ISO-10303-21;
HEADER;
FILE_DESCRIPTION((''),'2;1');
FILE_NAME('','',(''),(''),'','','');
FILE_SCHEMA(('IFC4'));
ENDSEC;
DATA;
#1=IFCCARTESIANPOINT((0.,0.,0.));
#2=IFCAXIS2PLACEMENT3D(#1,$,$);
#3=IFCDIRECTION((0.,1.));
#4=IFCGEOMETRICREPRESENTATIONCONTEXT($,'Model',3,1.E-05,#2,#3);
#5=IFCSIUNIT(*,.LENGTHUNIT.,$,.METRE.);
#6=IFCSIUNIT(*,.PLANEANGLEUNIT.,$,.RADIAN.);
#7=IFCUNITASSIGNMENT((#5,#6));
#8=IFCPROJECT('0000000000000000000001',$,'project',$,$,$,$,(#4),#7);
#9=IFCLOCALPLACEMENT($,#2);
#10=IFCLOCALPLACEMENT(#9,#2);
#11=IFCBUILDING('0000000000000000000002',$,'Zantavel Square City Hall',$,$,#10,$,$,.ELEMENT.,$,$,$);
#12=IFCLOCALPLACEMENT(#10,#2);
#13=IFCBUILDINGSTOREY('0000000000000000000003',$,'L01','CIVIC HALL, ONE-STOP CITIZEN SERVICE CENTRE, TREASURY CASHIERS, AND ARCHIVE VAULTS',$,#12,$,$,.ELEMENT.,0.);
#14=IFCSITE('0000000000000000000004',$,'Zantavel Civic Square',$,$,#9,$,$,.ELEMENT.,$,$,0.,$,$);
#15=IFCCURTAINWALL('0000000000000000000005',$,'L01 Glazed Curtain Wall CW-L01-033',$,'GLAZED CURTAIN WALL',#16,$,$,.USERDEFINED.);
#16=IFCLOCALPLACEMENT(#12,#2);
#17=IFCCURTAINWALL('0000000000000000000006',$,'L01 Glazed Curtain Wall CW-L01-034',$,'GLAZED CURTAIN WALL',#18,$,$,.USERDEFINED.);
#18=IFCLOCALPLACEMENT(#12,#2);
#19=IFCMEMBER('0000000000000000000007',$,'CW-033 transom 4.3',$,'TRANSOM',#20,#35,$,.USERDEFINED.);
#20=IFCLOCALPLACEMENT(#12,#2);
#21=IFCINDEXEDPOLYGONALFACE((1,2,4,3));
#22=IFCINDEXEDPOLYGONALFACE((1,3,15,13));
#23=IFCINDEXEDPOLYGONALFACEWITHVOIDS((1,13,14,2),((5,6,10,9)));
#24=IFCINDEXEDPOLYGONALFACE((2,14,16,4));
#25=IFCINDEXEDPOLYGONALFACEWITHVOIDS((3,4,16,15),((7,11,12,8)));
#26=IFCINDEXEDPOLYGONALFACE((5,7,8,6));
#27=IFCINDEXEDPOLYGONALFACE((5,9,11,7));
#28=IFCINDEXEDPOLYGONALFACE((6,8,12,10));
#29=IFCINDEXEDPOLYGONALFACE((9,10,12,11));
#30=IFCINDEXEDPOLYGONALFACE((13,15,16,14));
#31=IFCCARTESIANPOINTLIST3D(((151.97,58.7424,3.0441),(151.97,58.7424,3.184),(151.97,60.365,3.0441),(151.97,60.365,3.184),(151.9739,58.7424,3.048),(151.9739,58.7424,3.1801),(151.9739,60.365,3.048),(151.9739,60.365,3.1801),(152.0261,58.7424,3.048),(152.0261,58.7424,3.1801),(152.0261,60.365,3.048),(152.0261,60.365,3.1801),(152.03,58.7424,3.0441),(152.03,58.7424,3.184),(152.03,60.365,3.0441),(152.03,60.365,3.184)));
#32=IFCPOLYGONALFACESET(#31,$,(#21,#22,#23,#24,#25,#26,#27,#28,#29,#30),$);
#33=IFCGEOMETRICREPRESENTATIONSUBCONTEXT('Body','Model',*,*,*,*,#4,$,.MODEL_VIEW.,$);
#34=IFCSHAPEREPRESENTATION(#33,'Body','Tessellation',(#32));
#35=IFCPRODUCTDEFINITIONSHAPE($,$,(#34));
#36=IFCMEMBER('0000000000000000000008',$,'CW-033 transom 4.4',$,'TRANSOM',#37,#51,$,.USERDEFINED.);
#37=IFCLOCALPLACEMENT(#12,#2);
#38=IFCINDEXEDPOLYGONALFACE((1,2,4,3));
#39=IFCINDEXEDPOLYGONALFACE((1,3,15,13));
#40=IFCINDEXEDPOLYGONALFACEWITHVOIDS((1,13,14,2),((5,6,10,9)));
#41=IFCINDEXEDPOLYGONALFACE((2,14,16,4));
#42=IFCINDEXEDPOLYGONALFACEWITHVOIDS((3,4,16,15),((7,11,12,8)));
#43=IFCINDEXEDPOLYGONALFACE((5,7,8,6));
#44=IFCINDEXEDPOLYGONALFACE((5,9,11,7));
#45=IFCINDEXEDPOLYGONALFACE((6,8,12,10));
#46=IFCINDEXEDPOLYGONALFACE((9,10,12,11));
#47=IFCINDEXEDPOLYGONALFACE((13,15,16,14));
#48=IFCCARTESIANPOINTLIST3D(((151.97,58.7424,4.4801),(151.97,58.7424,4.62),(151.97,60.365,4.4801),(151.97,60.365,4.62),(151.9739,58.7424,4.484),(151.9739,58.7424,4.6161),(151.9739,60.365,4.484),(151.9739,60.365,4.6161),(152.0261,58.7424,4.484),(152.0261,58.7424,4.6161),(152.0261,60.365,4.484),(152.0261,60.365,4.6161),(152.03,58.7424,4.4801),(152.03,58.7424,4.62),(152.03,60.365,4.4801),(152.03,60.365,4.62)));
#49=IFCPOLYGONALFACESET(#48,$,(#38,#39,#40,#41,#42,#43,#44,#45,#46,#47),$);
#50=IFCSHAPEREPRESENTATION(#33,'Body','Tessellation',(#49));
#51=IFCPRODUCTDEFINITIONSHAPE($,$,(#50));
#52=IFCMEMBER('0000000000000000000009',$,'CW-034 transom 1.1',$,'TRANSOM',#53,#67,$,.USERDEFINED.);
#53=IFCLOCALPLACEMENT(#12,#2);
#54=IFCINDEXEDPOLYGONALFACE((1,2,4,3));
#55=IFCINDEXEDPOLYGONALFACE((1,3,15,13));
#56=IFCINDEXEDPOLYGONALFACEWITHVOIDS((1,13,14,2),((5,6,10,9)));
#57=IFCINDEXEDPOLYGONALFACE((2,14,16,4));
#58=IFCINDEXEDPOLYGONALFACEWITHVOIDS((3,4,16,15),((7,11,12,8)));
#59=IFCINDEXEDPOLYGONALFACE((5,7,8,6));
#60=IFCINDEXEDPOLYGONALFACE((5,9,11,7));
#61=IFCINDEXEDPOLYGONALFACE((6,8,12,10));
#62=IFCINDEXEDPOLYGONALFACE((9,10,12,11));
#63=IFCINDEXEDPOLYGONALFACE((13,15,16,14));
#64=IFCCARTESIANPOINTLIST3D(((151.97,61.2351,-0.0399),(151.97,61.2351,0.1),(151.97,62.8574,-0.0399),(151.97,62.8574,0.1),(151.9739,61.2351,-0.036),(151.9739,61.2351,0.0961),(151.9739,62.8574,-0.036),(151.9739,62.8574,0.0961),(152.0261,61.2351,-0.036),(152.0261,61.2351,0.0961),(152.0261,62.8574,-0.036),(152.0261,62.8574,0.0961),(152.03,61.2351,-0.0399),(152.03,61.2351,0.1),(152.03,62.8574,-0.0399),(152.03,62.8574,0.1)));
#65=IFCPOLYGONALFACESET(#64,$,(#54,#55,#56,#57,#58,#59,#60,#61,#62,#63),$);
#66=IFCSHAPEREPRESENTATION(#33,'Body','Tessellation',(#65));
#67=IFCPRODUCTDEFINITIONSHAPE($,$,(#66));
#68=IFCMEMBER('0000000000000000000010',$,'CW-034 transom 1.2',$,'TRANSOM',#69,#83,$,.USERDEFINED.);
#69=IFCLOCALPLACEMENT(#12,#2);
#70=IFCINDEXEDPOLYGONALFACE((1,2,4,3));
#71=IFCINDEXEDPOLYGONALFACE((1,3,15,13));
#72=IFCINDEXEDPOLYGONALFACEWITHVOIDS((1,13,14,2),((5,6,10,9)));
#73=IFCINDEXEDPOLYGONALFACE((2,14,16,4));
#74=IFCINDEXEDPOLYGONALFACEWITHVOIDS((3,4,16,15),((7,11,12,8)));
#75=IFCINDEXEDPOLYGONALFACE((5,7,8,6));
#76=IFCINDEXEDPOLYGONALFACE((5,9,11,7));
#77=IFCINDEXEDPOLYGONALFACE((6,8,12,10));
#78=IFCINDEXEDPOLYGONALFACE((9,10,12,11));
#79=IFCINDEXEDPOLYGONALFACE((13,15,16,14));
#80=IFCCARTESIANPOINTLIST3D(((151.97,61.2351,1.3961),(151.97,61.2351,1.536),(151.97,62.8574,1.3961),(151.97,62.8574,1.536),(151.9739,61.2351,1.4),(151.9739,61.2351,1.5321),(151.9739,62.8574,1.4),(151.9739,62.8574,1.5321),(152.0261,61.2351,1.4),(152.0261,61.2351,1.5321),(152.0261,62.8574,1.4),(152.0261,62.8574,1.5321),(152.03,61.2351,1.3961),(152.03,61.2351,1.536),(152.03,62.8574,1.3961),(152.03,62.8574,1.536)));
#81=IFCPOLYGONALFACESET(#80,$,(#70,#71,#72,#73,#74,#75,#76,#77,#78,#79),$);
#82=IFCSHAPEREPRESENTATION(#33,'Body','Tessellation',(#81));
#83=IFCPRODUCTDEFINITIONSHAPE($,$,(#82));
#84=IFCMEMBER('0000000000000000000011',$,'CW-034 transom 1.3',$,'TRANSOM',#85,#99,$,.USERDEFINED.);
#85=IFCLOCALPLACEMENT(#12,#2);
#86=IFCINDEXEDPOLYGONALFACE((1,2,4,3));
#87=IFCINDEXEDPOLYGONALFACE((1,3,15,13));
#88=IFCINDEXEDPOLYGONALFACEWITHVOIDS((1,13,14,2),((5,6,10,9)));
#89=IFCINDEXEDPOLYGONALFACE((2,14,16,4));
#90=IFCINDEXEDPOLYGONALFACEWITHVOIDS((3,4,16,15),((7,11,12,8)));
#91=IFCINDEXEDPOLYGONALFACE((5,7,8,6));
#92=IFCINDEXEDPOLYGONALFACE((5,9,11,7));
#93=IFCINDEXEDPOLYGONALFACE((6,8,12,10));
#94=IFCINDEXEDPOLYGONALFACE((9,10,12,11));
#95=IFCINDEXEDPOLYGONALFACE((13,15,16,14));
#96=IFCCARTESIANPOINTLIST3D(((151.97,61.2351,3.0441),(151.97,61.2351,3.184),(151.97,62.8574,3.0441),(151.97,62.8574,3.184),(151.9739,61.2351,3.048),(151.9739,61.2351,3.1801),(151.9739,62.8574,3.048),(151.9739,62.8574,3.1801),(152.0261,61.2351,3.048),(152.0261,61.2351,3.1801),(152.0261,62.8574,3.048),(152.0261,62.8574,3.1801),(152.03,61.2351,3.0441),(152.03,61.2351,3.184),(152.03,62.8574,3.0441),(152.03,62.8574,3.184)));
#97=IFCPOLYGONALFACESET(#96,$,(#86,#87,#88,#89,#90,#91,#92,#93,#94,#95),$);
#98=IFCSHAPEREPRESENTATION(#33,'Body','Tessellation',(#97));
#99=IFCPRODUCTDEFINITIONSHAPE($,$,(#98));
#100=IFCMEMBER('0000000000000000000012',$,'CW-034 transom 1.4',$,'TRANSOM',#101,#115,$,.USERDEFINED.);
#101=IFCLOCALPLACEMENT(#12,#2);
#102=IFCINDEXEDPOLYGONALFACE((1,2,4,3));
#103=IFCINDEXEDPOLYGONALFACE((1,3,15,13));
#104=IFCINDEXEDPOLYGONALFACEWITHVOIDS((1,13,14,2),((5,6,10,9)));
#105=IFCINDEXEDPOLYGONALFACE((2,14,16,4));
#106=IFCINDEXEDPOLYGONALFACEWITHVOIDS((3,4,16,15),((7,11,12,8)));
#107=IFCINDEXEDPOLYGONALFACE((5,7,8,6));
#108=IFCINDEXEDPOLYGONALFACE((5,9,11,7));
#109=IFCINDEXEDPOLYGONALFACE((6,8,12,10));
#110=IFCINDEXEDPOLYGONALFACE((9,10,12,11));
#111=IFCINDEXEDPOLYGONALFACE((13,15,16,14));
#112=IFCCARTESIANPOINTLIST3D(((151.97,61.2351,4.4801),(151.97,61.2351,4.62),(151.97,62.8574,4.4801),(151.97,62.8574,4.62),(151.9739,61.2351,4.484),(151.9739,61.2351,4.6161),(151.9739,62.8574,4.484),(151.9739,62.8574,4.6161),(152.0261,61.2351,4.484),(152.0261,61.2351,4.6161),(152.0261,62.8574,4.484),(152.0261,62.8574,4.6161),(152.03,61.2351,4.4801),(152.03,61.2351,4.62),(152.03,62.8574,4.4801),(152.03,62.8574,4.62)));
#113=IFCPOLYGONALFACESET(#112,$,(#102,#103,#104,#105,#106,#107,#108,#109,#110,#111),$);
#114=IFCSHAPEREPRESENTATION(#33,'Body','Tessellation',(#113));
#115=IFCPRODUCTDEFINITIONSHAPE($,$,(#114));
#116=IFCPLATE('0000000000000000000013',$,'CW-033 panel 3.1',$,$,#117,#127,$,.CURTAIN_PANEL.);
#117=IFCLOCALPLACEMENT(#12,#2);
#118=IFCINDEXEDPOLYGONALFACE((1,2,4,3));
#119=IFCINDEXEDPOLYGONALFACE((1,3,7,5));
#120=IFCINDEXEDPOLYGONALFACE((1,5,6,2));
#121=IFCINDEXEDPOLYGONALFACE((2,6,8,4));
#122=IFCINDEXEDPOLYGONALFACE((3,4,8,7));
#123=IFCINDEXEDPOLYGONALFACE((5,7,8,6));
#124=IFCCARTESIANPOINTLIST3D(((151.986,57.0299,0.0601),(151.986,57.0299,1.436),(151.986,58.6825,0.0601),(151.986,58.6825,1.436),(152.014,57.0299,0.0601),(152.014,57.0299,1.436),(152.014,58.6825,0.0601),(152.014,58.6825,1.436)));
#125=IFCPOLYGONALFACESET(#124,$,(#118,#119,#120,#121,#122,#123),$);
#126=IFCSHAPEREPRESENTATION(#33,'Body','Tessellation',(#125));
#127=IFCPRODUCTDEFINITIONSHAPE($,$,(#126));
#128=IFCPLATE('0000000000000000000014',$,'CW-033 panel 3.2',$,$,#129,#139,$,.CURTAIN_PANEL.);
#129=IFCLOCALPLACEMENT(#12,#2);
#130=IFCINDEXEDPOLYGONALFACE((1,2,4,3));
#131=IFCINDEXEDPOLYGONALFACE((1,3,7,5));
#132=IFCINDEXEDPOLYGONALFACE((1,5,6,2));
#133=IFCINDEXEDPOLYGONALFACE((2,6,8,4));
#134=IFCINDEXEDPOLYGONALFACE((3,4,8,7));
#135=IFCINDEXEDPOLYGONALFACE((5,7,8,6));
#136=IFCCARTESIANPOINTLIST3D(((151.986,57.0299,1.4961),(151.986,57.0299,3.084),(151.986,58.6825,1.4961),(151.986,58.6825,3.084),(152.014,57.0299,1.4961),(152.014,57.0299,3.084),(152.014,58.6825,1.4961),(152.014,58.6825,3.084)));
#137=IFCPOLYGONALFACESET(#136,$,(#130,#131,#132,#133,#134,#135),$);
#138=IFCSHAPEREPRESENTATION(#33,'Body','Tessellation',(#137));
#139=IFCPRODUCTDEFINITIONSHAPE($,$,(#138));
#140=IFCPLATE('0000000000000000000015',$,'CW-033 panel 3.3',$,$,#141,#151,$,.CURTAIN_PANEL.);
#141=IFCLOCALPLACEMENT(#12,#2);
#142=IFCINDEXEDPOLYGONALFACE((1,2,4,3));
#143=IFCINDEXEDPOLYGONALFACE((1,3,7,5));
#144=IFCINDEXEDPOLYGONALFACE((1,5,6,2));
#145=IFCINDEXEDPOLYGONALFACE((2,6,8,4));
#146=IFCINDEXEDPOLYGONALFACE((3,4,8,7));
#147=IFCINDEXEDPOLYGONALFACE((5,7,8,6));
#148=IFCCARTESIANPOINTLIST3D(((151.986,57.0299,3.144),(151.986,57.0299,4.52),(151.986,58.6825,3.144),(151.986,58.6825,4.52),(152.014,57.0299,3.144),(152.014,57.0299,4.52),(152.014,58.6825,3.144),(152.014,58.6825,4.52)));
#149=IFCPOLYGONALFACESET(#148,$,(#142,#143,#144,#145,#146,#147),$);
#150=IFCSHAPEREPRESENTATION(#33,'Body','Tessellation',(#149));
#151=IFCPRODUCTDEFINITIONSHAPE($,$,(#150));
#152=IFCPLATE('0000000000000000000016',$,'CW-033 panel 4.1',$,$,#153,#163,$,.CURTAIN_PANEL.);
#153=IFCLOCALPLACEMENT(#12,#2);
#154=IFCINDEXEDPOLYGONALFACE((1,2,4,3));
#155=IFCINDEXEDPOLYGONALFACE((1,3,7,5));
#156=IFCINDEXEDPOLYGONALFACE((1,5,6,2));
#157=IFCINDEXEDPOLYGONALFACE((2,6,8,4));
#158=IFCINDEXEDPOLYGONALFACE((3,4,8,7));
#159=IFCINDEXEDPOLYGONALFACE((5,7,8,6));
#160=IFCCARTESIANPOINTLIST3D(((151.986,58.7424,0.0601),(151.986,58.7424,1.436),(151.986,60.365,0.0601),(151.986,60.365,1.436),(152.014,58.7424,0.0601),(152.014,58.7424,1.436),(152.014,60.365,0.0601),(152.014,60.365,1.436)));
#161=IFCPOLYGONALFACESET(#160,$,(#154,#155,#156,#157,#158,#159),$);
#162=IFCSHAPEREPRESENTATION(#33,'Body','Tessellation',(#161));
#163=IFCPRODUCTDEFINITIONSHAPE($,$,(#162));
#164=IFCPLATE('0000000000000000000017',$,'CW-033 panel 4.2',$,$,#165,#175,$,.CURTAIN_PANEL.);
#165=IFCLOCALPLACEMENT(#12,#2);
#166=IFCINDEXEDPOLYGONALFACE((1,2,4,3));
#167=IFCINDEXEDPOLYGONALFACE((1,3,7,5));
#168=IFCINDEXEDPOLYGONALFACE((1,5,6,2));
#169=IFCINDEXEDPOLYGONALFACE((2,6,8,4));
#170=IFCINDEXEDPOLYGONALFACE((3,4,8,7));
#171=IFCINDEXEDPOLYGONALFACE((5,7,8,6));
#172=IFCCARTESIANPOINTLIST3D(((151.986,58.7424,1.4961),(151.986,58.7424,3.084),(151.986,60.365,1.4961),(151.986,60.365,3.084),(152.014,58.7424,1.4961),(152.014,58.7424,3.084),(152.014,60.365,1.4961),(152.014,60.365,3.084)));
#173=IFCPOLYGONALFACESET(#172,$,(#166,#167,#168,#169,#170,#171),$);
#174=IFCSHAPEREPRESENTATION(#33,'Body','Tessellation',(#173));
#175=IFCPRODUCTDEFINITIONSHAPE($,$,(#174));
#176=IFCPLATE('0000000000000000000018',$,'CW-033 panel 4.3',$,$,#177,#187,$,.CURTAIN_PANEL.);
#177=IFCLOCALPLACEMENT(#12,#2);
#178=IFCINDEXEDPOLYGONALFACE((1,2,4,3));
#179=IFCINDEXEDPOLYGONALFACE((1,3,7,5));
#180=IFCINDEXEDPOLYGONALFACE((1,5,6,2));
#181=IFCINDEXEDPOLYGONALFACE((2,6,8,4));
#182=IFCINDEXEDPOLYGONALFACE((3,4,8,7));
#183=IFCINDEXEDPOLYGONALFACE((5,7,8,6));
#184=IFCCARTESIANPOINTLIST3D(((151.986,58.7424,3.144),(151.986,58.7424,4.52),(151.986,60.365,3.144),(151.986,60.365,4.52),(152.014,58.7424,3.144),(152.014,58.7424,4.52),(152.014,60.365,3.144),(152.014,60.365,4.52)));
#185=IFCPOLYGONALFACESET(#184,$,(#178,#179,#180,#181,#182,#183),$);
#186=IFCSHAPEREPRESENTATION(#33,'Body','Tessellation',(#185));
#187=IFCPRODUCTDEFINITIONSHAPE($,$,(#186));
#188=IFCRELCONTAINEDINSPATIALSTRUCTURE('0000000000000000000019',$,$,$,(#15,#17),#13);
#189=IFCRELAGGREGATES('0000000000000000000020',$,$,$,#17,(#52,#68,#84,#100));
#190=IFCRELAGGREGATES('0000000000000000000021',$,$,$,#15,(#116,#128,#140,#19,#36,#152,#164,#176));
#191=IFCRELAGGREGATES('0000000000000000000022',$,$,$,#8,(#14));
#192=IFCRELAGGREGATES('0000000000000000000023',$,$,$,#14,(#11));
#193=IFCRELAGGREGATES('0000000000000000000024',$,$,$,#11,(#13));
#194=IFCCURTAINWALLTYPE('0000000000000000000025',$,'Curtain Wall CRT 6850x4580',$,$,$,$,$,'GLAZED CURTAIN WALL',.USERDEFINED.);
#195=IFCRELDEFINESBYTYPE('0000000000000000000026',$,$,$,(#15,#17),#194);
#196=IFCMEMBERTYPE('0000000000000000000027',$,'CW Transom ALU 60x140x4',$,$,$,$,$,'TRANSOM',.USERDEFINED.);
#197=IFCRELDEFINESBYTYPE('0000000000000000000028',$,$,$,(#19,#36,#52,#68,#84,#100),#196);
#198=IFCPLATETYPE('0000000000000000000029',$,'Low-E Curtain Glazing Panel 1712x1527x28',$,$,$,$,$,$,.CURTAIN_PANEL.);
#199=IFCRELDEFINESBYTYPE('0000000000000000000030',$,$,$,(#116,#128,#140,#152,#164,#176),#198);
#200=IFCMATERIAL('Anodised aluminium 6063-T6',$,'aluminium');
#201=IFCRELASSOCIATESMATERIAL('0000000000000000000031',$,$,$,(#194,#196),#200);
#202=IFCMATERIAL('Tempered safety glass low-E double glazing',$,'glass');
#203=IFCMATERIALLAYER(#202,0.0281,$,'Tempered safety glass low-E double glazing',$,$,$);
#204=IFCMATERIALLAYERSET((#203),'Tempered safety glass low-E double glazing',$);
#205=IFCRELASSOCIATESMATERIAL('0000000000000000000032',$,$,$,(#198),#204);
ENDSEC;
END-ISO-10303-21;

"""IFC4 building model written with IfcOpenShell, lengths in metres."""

from ifc_helpers import new_model, si_unit, direction, frame, origin, origin_2d, place, context, subcontext, project, spatial, rectangle, hollow_rectangle, extrude, material, layer, layer_set, material_profile, profile_set, type_object, element, aggregate, save


model = new_model("IFC4")

# Units and contexts
model_context = context("Model", 3, precision=1e-05, world=origin(), true_north=direction((0.0, 1.0)))
body_context = subcontext(model_context, "Body", "Model", "MODEL_VIEW")
ifc_project = project(units=[si_unit("LENGTHUNIT", "METRE"), si_unit("PLANEANGLEUNIT", "RADIAN")], contexts=[model_context])

# Site, building, storey
site_placement = place(None, origin())
site = spatial("IfcSite", under=ifc_project, at=site_placement, Name="Zantavel Civic Square", CompositionType="ELEMENT", RefElevation=0.0)
building_placement = place(site_placement, origin())
building = spatial("IfcBuilding", under=site, at=building_placement, Name="Zantavel Square City Hall", CompositionType="ELEMENT")
storey_placement = place(building_placement, origin())
storey = spatial("IfcBuildingStorey", under=building, at=storey_placement, Name="L01", Description="CIVIC HALL, ONE-STOP CITIZEN SERVICE CENTRE, TREASURY CASHIERS, AND ARCHIVE VAULTS", CompositionType="ELEMENT", Elevation=0.0)

# Curtain wall
ifc_material_1 = material(Name="Anodised aluminium 6063-T6", Category="aluminium")
curtain_wall_type = type_object("IfcCurtainWallType", Name="Curtain Wall CRT 6850x4580", ElementType="GLAZED CURTAIN WALL", PredefinedType="USERDEFINED", material=ifc_material_1)
curtain_wall_1_placement = place(storey_placement, origin())
curtain_wall_1 = element("IfcCurtainWall", 1, at=curtain_wall_1_placement, inside=storey, type_object=curtain_wall_type, Name="L01 Glazed Curtain Wall CW-L01-033", ObjectType="GLAZED CURTAIN WALL", PredefinedType="USERDEFINED")

# Curtain wall
curtain_wall_2_placement = place(storey_placement, origin())
curtain_wall_2 = element("IfcCurtainWall", 2, at=curtain_wall_2_placement, inside=storey, type_object=curtain_wall_type, Name="L01 Glazed Curtain Wall CW-L01-034", ObjectType="GLAZED CURTAIN WALL", PredefinedType="USERDEFINED")

# Members
ifc_material_profile_1 = material_profile(ifc_material_1, hollow_rectangle(XDim=0.0601, YDim=0.1399, WallThickness=0.0039, at=origin_2d()), Name="ALU 60x140x4")
ifc_profile_set_1 = profile_set([ifc_material_profile_1], Name="Anodised aluminium 6063-T6")
member_type_1 = type_object("IfcMemberType", Name="CW Transom ALU 60x140x4", ElementType="TRANSOM", PredefinedType="USERDEFINED", material=ifc_profile_set_1)
member_1_placement = place(storey_placement, frame((152.0, 58.7424, 3.114), z_axis=(0.0, 1.0, 0.0), x_axis=(-1.0, 0.0, 0.0)))
member_1 = element("IfcMember", 3, at=member_1_placement, type_object=member_type_1, Name="CW-033 transom 4.3", ObjectType="TRANSOM", PredefinedType="USERDEFINED", context=body_context, shape_type="SweptSolid", body=[
    extrude(hollow_rectangle(XDim=0.0601, YDim=0.1399, WallThickness=0.0039, at=origin_2d()), origin(), (0.0, 0.0, 1.0), 1.6226),
])
member_2_placement = place(storey_placement, frame((152.0, 58.7424, 4.55), z_axis=(0.0, 1.0, 0.0), x_axis=(-1.0, 0.0, 0.0)))
member_2 = element("IfcMember", 4, at=member_2_placement, type_object=member_type_1, Name="CW-033 transom 4.4", ObjectType="TRANSOM", PredefinedType="USERDEFINED", context=body_context, shape_type="SweptSolid", body=[
    extrude(hollow_rectangle(XDim=0.0601, YDim=0.1399, WallThickness=0.0039, at=origin_2d()), origin(), (0.0, 0.0, 1.0), 1.6226),
])
member_3_placement = place(storey_placement, frame((152.0, 61.2351, 0.03), z_axis=(0.0, 1.0, 0.0), x_axis=(-1.0, 0.0, 0.0)))
member_3 = element("IfcMember", 5, at=member_3_placement, type_object=member_type_1, Name="CW-034 transom 1.1", ObjectType="TRANSOM", PredefinedType="USERDEFINED", context=body_context, shape_type="SweptSolid", body=[
    extrude(hollow_rectangle(XDim=0.0601, YDim=0.1399, WallThickness=0.0039, at=origin_2d()), origin(), (0.0, 0.0, 1.0), 1.6223),
])
member_4_placement = place(storey_placement, frame((152.0, 61.2351, 1.4661), z_axis=(0.0, 1.0, 0.0), x_axis=(-1.0, 0.0, 0.0)))
member_4 = element("IfcMember", 6, at=member_4_placement, type_object=member_type_1, Name="CW-034 transom 1.2", ObjectType="TRANSOM", PredefinedType="USERDEFINED", context=body_context, shape_type="SweptSolid", body=[
    extrude(hollow_rectangle(XDim=0.0601, YDim=0.1399, WallThickness=0.0039, at=origin_2d()), origin(), (0.0, 0.0, 1.0), 1.6223),
])
member_5_placement = place(storey_placement, frame((152.0, 61.2351, 3.114), z_axis=(0.0, 1.0, 0.0), x_axis=(-1.0, 0.0, 0.0)))
member_5 = element("IfcMember", 7, at=member_5_placement, type_object=member_type_1, Name="CW-034 transom 1.3", ObjectType="TRANSOM", PredefinedType="USERDEFINED", context=body_context, shape_type="SweptSolid", body=[
    extrude(hollow_rectangle(XDim=0.0601, YDim=0.1399, WallThickness=0.0039, at=origin_2d()), origin(), (0.0, 0.0, 1.0), 1.6223),
])
member_6_placement = place(storey_placement, frame((152.0, 61.2351, 4.55), z_axis=(0.0, 1.0, 0.0), x_axis=(-1.0, 0.0, 0.0)))
member_6 = element("IfcMember", 8, at=member_6_placement, type_object=member_type_1, Name="CW-034 transom 1.4", ObjectType="TRANSOM", PredefinedType="USERDEFINED", context=body_context, shape_type="SweptSolid", body=[
    extrude(hollow_rectangle(XDim=0.0601, YDim=0.1399, WallThickness=0.0039, at=origin_2d()), origin(), (0.0, 0.0, 1.0), 1.6223),
])
aggregate(curtain_wall_2, [member_3, member_4, member_5, member_6])

# Plates
ifc_material_2 = material(Name="Tempered safety glass low-E double glazing", Category="glass")
ifc_layer = layer(ifc_material_2, 0.0281, Name="Tempered safety glass low-E double glazing")
ifc_layer_set = layer_set([ifc_layer], Name="Tempered safety glass low-E double glazing")
plate_type = type_object("IfcPlateType", Name="Low-E Curtain Glazing Panel 1712x1527x28", PredefinedType="CURTAIN_PANEL", material=ifc_layer_set)
plate_1_placement = place(storey_placement, frame((152.0, 57.8562, 0.0601), z_axis=(0.0, 0.0, 1.0), x_axis=(0.0, 1.0, 0.0)))
plate_1 = element("IfcPlate", 9, at=plate_1_placement, type_object=plate_type, Name="CW-033 panel 3.1", PredefinedType="CURTAIN_PANEL", context=body_context, shape_type="SweptSolid", body=[
    extrude(rectangle(XDim=1.6526, YDim=0.0281, at=origin_2d()), origin(), (0.0, 0.0, 1.0), 1.376),
])
plate_2_placement = place(storey_placement, frame((152.0, 57.8562, 1.4961), z_axis=(0.0, 0.0, 1.0), x_axis=(0.0, 1.0, 0.0)))
plate_2 = element("IfcPlate", 10, at=plate_2_placement, type_object=plate_type, Name="CW-033 panel 3.2", PredefinedType="CURTAIN_PANEL", context=body_context, shape_type="SweptSolid", body=[
    extrude(rectangle(XDim=1.6526, YDim=0.0281, at=origin_2d()), origin(), (0.0, 0.0, 1.0), 1.5879),
])
plate_3_placement = place(storey_placement, frame((152.0, 57.8562, 3.144), z_axis=(0.0, 0.0, 1.0), x_axis=(0.0, 1.0, 0.0)))
plate_3 = element("IfcPlate", 11, at=plate_3_placement, type_object=plate_type, Name="CW-033 panel 3.3", PredefinedType="CURTAIN_PANEL", context=body_context, shape_type="SweptSolid", body=[
    extrude(rectangle(XDim=1.6526, YDim=0.0281, at=origin_2d()), origin(), (0.0, 0.0, 1.0), 1.376),
])
plate_4_placement = place(storey_placement, frame((152.0, 59.5537, 0.0601), z_axis=(0.0, 0.0, 1.0), x_axis=(0.0, 1.0, 0.0)))
plate_4 = element("IfcPlate", 12, at=plate_4_placement, type_object=plate_type, Name="CW-033 panel 4.1", PredefinedType="CURTAIN_PANEL", context=body_context, shape_type="SweptSolid", body=[
    extrude(rectangle(XDim=1.6226, YDim=0.0281, at=origin_2d()), origin(), (0.0, 0.0, 1.0), 1.376),
])
plate_5_placement = place(storey_placement, frame((152.0, 59.5537, 1.4961), z_axis=(0.0, 0.0, 1.0), x_axis=(0.0, 1.0, 0.0)))
plate_5 = element("IfcPlate", 13, at=plate_5_placement, type_object=plate_type, Name="CW-033 panel 4.2", PredefinedType="CURTAIN_PANEL", context=body_context, shape_type="SweptSolid", body=[
    extrude(rectangle(XDim=1.6226, YDim=0.0281, at=origin_2d()), origin(), (0.0, 0.0, 1.0), 1.5879),
])
plate_6_placement = place(storey_placement, frame((152.0, 59.5537, 3.144), z_axis=(0.0, 0.0, 1.0), x_axis=(0.0, 1.0, 0.0)))
plate_6 = element("IfcPlate", 14, at=plate_6_placement, type_object=plate_type, Name="CW-033 panel 4.3", PredefinedType="CURTAIN_PANEL", context=body_context, shape_type="SweptSolid", body=[
    extrude(rectangle(XDim=1.6226, YDim=0.0281, at=origin_2d()), origin(), (0.0, 0.0, 1.0), 1.376),
])
aggregate(curtain_wall_1, [plate_1, plate_2, plate_3, member_1, member_2, plate_4, plate_5, plate_6])

save(model, "model.ifc")
